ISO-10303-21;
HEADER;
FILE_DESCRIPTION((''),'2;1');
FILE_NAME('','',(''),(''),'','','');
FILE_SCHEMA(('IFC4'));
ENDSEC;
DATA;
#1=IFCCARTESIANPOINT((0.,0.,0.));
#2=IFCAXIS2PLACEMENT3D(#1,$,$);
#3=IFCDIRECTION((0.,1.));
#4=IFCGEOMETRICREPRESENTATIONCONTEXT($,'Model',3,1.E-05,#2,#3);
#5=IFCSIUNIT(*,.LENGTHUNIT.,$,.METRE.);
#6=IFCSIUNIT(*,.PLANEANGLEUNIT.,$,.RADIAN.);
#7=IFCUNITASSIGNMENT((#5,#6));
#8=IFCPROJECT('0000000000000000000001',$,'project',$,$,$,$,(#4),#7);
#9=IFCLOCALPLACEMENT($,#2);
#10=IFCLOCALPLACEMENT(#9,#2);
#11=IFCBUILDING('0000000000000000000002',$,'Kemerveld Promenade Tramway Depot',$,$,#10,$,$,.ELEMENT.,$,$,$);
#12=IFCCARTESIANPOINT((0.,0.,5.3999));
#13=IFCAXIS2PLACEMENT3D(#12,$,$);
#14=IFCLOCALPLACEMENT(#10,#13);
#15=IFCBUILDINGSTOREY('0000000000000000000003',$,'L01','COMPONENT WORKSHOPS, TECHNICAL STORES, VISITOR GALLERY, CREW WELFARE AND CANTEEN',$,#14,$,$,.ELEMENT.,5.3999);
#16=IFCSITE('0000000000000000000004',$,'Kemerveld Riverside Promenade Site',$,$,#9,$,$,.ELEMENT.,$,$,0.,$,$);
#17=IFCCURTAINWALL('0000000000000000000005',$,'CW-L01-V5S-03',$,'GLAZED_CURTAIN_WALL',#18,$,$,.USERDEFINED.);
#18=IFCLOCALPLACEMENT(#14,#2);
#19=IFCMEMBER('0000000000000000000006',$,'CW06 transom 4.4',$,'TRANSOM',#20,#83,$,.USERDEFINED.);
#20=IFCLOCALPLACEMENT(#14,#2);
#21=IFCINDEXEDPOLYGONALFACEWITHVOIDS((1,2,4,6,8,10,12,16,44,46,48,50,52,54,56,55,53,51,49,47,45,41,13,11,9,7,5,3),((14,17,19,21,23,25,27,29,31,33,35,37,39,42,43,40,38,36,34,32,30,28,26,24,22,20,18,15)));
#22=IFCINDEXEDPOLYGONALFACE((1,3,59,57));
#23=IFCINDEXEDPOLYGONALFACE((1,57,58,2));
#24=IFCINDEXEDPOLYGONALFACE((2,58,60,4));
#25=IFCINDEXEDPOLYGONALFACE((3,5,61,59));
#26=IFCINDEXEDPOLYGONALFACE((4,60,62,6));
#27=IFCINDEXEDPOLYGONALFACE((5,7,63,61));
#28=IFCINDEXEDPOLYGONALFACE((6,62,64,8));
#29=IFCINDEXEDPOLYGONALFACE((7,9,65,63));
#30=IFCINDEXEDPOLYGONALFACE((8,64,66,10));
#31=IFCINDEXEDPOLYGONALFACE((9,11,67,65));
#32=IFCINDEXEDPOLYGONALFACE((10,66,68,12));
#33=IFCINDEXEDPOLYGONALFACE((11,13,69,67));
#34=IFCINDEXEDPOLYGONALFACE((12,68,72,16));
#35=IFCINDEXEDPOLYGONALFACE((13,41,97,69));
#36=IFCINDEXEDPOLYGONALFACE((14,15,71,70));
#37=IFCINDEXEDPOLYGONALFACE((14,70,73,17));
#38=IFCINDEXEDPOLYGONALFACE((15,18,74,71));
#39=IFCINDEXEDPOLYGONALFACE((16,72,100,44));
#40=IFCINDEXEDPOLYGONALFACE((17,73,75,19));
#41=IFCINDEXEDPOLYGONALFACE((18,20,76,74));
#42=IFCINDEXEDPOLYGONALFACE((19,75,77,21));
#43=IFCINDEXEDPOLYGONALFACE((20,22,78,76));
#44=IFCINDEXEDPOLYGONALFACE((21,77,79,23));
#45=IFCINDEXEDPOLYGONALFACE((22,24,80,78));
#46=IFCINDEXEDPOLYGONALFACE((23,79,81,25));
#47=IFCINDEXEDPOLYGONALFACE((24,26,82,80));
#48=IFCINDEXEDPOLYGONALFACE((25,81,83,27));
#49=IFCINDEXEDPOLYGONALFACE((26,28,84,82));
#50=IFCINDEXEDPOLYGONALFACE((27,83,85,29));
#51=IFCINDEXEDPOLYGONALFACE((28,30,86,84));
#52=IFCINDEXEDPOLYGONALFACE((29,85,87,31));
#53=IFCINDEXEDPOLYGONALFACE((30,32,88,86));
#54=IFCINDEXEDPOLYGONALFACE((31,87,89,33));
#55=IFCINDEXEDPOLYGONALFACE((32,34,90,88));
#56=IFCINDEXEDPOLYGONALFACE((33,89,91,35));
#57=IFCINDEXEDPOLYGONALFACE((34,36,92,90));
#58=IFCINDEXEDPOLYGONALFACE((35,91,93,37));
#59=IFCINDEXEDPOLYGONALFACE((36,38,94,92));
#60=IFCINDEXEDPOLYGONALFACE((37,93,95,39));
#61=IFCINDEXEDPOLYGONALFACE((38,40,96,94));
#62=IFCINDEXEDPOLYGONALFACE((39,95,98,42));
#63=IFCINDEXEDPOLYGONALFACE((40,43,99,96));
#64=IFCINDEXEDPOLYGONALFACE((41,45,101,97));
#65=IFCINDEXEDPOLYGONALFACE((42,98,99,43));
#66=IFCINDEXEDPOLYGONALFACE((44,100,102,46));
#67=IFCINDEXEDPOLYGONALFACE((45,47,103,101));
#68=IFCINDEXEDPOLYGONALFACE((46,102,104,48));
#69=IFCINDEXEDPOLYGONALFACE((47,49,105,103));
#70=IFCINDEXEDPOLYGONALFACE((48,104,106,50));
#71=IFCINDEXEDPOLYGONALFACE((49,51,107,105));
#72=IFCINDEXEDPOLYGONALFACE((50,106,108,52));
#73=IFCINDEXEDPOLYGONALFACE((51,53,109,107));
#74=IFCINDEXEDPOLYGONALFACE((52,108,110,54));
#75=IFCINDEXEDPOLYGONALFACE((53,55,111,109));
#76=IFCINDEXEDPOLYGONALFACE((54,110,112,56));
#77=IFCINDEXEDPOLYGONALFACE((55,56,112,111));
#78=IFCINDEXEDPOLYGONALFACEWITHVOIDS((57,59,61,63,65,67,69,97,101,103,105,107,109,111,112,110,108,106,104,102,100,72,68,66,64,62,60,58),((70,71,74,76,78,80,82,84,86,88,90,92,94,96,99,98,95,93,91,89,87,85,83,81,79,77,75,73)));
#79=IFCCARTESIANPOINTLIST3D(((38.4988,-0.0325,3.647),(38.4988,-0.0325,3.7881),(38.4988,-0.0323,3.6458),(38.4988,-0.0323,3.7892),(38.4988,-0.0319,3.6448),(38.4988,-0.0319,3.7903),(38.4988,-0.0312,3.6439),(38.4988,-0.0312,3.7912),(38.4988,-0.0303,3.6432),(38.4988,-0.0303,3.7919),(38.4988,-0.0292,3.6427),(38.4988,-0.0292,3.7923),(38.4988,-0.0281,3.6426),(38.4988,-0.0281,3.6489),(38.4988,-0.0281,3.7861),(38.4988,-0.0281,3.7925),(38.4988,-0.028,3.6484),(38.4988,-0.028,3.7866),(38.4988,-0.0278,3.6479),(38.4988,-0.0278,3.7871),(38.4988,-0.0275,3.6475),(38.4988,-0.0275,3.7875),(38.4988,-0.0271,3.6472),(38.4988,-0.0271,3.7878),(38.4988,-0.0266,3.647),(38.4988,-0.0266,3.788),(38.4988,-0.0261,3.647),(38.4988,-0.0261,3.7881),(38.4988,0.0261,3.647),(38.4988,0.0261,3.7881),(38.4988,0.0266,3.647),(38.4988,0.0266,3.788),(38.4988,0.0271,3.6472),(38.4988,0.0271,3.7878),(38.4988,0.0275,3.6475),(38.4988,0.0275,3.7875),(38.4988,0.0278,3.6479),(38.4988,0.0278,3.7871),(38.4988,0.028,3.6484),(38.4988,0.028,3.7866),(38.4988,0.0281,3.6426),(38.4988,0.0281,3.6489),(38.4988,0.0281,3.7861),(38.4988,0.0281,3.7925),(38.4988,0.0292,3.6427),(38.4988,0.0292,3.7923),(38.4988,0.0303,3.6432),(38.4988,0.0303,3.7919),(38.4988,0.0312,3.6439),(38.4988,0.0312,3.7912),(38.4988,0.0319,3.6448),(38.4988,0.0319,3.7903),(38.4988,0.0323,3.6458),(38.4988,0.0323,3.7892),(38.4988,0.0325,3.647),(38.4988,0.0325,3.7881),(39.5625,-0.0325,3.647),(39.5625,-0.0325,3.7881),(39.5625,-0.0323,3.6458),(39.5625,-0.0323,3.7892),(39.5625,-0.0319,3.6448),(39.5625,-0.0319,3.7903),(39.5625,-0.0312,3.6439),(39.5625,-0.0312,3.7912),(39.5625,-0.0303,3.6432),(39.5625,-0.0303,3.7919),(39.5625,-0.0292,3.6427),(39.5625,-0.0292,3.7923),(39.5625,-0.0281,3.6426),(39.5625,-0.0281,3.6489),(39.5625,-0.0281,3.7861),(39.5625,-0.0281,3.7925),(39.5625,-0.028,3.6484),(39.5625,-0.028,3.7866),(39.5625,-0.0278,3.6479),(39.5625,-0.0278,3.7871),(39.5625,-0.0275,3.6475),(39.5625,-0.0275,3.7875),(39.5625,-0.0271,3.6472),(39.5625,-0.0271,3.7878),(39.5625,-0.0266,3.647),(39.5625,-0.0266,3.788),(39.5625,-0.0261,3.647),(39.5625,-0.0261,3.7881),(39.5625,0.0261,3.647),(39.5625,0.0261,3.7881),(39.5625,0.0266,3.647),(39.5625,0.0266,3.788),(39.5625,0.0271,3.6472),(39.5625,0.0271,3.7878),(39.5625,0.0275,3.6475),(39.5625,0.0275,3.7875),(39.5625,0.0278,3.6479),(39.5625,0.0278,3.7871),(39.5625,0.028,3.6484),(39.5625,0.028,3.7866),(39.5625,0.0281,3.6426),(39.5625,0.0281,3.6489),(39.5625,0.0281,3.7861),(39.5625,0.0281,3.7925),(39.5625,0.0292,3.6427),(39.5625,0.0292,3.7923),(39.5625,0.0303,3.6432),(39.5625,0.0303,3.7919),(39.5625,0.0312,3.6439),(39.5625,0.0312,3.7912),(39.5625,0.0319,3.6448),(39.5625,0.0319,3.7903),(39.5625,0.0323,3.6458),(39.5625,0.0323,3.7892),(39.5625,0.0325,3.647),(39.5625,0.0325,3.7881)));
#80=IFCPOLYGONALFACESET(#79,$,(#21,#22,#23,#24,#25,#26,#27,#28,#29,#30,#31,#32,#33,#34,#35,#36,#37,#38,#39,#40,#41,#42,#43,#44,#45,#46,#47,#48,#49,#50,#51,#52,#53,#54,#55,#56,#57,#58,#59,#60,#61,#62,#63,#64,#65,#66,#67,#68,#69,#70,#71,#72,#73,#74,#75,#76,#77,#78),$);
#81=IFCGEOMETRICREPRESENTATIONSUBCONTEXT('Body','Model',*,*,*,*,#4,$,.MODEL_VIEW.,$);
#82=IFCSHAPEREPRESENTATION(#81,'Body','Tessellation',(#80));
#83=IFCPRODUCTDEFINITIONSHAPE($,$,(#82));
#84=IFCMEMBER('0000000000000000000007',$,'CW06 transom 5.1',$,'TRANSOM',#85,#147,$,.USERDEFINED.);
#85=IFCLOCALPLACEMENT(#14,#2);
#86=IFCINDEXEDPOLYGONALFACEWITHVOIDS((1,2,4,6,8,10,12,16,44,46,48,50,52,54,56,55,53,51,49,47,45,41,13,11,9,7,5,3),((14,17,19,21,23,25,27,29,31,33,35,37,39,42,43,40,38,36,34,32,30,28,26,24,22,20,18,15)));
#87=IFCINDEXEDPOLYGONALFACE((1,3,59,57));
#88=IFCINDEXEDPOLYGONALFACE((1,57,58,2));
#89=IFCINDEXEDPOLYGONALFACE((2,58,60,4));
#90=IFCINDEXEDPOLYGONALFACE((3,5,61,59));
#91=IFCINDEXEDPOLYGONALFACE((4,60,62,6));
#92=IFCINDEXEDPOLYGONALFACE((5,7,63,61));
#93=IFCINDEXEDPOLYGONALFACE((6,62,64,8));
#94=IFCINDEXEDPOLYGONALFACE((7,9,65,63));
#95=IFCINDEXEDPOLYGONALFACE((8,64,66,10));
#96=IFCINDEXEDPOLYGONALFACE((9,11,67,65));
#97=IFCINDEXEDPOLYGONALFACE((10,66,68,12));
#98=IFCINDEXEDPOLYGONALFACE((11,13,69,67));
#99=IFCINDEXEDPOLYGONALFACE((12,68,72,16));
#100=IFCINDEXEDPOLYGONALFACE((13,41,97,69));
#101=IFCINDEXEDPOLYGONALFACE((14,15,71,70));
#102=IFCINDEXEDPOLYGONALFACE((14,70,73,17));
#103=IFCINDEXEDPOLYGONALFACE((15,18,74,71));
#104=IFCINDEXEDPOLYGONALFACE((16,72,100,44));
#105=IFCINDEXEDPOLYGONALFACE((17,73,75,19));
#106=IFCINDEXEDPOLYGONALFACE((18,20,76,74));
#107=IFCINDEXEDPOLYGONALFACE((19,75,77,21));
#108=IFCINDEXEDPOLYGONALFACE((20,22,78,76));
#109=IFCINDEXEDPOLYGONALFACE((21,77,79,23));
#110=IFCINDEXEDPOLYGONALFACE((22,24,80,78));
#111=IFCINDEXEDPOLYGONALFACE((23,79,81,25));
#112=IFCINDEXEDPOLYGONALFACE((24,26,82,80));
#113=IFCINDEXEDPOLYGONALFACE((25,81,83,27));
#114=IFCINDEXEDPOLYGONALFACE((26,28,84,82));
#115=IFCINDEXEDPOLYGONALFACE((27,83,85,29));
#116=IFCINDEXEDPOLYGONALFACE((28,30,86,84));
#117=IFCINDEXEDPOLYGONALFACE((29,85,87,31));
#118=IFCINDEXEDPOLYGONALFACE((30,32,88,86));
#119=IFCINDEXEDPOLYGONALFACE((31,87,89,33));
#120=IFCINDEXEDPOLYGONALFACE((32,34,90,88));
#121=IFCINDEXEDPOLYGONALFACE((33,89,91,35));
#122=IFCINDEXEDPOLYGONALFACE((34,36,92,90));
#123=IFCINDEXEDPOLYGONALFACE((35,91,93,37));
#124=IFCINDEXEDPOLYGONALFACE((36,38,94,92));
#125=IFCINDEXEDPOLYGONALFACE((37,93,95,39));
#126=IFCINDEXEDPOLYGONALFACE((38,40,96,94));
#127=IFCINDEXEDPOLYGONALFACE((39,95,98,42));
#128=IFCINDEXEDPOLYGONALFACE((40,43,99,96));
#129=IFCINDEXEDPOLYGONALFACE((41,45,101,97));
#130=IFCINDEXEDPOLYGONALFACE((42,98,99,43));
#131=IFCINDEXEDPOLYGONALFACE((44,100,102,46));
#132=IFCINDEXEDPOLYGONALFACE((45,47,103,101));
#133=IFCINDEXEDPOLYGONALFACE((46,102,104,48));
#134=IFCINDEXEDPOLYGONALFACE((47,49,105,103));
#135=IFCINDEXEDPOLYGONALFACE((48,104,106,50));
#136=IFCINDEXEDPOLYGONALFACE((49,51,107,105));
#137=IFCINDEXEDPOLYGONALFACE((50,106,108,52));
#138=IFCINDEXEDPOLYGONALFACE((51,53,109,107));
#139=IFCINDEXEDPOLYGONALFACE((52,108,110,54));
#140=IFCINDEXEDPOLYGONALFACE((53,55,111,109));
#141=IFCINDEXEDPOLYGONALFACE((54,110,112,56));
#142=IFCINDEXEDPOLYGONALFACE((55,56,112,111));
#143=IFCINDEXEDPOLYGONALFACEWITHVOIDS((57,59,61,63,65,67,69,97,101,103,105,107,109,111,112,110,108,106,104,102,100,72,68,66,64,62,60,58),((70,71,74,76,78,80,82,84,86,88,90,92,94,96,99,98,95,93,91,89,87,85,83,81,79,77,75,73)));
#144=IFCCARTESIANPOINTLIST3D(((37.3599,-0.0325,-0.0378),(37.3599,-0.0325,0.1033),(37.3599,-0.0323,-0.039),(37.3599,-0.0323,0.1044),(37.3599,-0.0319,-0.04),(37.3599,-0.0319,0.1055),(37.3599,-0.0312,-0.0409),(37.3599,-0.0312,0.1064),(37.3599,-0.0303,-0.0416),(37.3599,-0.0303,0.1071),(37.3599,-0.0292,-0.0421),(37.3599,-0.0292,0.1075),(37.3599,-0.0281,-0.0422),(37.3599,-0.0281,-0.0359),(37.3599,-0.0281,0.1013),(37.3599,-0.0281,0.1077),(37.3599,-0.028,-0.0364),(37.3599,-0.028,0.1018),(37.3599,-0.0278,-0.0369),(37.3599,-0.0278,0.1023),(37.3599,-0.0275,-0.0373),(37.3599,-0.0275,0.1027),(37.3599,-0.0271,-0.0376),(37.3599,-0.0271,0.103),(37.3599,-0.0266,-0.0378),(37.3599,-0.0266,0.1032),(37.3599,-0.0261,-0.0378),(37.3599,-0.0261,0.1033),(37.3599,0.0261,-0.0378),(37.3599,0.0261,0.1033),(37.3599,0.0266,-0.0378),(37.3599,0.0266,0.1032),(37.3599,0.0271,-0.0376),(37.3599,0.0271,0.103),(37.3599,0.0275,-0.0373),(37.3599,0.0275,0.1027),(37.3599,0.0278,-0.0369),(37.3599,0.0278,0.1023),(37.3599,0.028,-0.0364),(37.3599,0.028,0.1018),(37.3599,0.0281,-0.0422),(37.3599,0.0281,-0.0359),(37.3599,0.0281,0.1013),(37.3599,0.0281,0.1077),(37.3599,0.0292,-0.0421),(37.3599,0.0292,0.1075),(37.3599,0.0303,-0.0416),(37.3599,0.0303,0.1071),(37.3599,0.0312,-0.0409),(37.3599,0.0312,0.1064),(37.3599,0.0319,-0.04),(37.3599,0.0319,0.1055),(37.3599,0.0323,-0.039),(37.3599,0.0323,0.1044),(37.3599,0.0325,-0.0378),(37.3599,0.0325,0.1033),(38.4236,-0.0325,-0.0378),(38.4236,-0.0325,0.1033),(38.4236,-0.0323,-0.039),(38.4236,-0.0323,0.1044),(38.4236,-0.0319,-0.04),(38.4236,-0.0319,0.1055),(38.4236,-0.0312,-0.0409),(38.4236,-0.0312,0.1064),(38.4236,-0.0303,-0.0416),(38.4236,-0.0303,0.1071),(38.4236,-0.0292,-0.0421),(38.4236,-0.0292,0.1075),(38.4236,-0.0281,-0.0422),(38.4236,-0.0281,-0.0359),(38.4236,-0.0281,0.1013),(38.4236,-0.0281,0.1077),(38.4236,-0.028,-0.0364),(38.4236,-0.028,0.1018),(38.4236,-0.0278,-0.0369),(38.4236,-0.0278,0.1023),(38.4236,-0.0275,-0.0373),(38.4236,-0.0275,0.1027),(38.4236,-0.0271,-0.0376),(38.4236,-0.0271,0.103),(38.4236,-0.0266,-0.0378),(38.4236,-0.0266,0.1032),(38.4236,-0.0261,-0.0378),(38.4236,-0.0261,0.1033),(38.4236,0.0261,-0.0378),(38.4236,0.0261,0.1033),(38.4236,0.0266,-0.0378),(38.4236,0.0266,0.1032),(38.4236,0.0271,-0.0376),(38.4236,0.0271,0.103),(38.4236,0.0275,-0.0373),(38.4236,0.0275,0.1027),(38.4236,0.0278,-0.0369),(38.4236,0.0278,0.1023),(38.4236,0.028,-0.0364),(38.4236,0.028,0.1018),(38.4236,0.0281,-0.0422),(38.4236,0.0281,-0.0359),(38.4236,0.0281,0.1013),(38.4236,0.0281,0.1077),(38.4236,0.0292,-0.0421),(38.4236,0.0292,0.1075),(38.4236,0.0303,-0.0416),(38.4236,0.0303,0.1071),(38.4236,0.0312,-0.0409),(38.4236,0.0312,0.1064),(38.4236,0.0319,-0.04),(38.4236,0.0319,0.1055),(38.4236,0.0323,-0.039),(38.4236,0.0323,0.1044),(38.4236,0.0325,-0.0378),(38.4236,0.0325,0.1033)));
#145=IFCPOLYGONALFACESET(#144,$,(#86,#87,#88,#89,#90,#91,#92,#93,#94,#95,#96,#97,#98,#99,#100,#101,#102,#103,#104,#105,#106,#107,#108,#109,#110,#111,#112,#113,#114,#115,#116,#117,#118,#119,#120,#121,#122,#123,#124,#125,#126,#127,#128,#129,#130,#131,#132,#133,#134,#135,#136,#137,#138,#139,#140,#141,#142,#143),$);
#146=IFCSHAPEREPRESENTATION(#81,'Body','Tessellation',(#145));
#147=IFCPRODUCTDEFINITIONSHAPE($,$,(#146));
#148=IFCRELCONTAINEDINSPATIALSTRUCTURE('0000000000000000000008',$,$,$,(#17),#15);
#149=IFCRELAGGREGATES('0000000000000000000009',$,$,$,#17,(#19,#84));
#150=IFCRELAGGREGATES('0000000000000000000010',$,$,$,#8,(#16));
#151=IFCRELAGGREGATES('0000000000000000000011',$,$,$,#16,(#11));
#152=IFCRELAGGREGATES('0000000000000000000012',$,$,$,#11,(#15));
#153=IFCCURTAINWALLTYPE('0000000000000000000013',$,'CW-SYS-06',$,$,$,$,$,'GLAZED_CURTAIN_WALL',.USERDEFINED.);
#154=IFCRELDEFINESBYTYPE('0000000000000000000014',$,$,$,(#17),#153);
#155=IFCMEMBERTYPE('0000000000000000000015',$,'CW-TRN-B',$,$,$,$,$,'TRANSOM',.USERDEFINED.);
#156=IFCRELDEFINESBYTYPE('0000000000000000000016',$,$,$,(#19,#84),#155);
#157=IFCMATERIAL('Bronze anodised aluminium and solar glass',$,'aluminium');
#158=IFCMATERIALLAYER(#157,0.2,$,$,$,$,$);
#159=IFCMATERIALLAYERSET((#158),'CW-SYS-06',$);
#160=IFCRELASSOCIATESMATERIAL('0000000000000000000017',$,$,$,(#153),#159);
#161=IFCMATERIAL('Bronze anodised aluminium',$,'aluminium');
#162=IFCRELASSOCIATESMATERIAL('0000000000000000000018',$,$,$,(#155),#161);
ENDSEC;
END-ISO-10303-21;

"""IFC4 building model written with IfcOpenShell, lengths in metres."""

from ifc_helpers import new_model, si_unit, direction, frame, origin, origin_2d, place, context, subcontext, project, spatial, hollow_rectangle, extrude, material, layer, layer_set, material_profile, profile_set, type_object, element, aggregate, save


model = new_model("IFC4")

# Units and contexts
model_context = context("Model", 3, precision=1e-05, world=origin(), true_north=direction((0.0, 1.0)))
body_context = subcontext(model_context, "Body", "Model", "MODEL_VIEW")
ifc_project = project(units=[si_unit("LENGTHUNIT", "METRE"), si_unit("PLANEANGLEUNIT", "RADIAN")], contexts=[model_context])

# Site, building, storey
site_placement = place(None, origin())
site = spatial("IfcSite", under=ifc_project, at=site_placement, Name="Kemerveld Riverside Promenade Site", CompositionType="ELEMENT", RefElevation=0.0)
building_placement = place(site_placement, origin())
building = spatial("IfcBuilding", under=site, at=building_placement, Name="Kemerveld Promenade Tramway Depot", CompositionType="ELEMENT")
storey_placement = place(building_placement, frame((0.0, 0.0, 5.3999)))
storey = spatial("IfcBuildingStorey", under=building, at=storey_placement, Name="L01", Description="COMPONENT WORKSHOPS, TECHNICAL STORES, VISITOR GALLERY, CREW WELFARE AND CANTEEN", CompositionType="ELEMENT", Elevation=5.3999)

# Curtain wall, members
ifc_material_1 = material(Name="Bronze anodised aluminium and solar glass", Category="aluminium")
ifc_layer_1 = layer(ifc_material_1, 0.2)
ifc_layer_set_1 = layer_set([ifc_layer_1], Name="CW-SYS-06")
curtain_wall_type = type_object("IfcCurtainWallType", Name="CW-SYS-06", ElementType="GLAZED_CURTAIN_WALL", PredefinedType="USERDEFINED", material=ifc_layer_set_1)
curtain_wall_placement = place(storey_placement, origin())
curtain_wall = element("IfcCurtainWall", 1, at=curtain_wall_placement, inside=storey, type_object=curtain_wall_type, Name="CW-L01-V5S-03", ObjectType="GLAZED_CURTAIN_WALL", PredefinedType="USERDEFINED")
ifc_material_2 = material(Name="Bronze anodised aluminium", Category="aluminium")
ifc_material_profile_1 = material_profile(ifc_material_2, hollow_rectangle(XDim=0.0649, YDim=0.1499, WallThickness=0.0044, InnerFilletRadius=0.002, OuterFilletRadius=0.0044, at=origin_2d()), Name="CW-TRN-150x65")
ifc_profile_set_1 = profile_set([ifc_material_profile_1], Name="Bronze anodised aluminium")
member_type_1 = type_object("IfcMemberType", Name="CW-TRN-B", ElementType="TRANSOM", PredefinedType="USERDEFINED", material=ifc_profile_set_1)
member_1_placement = place(storey_placement, frame((39.5625, 0.0, 3.7175), z_axis=(-1.0, 0.0, 0.0), x_axis=(0.0, -1.0, 0.0)))
member_1 = element("IfcMember", 2, at=member_1_placement, type_object=member_type_1, Name="CW06 transom 4.4", ObjectType="TRANSOM", PredefinedType="USERDEFINED", context=body_context, shape_type="SweptSolid", body=[
    extrude(hollow_rectangle(XDim=0.0649, YDim=0.1499, WallThickness=0.0044, InnerFilletRadius=0.002, OuterFilletRadius=0.0044, at=origin_2d()), origin(), (0.0, 0.0, 1.0), 1.0637),
])
member_2_placement = place(storey_placement, frame((38.4236, 0.0, 0.0327), z_axis=(-1.0, 0.0, 0.0), x_axis=(0.0, -1.0, 0.0)))
member_2 = element("IfcMember", 3, at=member_2_placement, type_object=member_type_1, Name="CW06 transom 5.1", ObjectType="TRANSOM", PredefinedType="USERDEFINED", context=body_context, shape_type="SweptSolid", body=[
    extrude(hollow_rectangle(XDim=0.0649, YDim=0.1499, WallThickness=0.0044, InnerFilletRadius=0.002, OuterFilletRadius=0.0044, at=origin_2d()), origin(), (0.0, 0.0, 1.0), 1.0637),
])
aggregate(curtain_wall, [member_1, member_2])

save(model, "model.ifc")
